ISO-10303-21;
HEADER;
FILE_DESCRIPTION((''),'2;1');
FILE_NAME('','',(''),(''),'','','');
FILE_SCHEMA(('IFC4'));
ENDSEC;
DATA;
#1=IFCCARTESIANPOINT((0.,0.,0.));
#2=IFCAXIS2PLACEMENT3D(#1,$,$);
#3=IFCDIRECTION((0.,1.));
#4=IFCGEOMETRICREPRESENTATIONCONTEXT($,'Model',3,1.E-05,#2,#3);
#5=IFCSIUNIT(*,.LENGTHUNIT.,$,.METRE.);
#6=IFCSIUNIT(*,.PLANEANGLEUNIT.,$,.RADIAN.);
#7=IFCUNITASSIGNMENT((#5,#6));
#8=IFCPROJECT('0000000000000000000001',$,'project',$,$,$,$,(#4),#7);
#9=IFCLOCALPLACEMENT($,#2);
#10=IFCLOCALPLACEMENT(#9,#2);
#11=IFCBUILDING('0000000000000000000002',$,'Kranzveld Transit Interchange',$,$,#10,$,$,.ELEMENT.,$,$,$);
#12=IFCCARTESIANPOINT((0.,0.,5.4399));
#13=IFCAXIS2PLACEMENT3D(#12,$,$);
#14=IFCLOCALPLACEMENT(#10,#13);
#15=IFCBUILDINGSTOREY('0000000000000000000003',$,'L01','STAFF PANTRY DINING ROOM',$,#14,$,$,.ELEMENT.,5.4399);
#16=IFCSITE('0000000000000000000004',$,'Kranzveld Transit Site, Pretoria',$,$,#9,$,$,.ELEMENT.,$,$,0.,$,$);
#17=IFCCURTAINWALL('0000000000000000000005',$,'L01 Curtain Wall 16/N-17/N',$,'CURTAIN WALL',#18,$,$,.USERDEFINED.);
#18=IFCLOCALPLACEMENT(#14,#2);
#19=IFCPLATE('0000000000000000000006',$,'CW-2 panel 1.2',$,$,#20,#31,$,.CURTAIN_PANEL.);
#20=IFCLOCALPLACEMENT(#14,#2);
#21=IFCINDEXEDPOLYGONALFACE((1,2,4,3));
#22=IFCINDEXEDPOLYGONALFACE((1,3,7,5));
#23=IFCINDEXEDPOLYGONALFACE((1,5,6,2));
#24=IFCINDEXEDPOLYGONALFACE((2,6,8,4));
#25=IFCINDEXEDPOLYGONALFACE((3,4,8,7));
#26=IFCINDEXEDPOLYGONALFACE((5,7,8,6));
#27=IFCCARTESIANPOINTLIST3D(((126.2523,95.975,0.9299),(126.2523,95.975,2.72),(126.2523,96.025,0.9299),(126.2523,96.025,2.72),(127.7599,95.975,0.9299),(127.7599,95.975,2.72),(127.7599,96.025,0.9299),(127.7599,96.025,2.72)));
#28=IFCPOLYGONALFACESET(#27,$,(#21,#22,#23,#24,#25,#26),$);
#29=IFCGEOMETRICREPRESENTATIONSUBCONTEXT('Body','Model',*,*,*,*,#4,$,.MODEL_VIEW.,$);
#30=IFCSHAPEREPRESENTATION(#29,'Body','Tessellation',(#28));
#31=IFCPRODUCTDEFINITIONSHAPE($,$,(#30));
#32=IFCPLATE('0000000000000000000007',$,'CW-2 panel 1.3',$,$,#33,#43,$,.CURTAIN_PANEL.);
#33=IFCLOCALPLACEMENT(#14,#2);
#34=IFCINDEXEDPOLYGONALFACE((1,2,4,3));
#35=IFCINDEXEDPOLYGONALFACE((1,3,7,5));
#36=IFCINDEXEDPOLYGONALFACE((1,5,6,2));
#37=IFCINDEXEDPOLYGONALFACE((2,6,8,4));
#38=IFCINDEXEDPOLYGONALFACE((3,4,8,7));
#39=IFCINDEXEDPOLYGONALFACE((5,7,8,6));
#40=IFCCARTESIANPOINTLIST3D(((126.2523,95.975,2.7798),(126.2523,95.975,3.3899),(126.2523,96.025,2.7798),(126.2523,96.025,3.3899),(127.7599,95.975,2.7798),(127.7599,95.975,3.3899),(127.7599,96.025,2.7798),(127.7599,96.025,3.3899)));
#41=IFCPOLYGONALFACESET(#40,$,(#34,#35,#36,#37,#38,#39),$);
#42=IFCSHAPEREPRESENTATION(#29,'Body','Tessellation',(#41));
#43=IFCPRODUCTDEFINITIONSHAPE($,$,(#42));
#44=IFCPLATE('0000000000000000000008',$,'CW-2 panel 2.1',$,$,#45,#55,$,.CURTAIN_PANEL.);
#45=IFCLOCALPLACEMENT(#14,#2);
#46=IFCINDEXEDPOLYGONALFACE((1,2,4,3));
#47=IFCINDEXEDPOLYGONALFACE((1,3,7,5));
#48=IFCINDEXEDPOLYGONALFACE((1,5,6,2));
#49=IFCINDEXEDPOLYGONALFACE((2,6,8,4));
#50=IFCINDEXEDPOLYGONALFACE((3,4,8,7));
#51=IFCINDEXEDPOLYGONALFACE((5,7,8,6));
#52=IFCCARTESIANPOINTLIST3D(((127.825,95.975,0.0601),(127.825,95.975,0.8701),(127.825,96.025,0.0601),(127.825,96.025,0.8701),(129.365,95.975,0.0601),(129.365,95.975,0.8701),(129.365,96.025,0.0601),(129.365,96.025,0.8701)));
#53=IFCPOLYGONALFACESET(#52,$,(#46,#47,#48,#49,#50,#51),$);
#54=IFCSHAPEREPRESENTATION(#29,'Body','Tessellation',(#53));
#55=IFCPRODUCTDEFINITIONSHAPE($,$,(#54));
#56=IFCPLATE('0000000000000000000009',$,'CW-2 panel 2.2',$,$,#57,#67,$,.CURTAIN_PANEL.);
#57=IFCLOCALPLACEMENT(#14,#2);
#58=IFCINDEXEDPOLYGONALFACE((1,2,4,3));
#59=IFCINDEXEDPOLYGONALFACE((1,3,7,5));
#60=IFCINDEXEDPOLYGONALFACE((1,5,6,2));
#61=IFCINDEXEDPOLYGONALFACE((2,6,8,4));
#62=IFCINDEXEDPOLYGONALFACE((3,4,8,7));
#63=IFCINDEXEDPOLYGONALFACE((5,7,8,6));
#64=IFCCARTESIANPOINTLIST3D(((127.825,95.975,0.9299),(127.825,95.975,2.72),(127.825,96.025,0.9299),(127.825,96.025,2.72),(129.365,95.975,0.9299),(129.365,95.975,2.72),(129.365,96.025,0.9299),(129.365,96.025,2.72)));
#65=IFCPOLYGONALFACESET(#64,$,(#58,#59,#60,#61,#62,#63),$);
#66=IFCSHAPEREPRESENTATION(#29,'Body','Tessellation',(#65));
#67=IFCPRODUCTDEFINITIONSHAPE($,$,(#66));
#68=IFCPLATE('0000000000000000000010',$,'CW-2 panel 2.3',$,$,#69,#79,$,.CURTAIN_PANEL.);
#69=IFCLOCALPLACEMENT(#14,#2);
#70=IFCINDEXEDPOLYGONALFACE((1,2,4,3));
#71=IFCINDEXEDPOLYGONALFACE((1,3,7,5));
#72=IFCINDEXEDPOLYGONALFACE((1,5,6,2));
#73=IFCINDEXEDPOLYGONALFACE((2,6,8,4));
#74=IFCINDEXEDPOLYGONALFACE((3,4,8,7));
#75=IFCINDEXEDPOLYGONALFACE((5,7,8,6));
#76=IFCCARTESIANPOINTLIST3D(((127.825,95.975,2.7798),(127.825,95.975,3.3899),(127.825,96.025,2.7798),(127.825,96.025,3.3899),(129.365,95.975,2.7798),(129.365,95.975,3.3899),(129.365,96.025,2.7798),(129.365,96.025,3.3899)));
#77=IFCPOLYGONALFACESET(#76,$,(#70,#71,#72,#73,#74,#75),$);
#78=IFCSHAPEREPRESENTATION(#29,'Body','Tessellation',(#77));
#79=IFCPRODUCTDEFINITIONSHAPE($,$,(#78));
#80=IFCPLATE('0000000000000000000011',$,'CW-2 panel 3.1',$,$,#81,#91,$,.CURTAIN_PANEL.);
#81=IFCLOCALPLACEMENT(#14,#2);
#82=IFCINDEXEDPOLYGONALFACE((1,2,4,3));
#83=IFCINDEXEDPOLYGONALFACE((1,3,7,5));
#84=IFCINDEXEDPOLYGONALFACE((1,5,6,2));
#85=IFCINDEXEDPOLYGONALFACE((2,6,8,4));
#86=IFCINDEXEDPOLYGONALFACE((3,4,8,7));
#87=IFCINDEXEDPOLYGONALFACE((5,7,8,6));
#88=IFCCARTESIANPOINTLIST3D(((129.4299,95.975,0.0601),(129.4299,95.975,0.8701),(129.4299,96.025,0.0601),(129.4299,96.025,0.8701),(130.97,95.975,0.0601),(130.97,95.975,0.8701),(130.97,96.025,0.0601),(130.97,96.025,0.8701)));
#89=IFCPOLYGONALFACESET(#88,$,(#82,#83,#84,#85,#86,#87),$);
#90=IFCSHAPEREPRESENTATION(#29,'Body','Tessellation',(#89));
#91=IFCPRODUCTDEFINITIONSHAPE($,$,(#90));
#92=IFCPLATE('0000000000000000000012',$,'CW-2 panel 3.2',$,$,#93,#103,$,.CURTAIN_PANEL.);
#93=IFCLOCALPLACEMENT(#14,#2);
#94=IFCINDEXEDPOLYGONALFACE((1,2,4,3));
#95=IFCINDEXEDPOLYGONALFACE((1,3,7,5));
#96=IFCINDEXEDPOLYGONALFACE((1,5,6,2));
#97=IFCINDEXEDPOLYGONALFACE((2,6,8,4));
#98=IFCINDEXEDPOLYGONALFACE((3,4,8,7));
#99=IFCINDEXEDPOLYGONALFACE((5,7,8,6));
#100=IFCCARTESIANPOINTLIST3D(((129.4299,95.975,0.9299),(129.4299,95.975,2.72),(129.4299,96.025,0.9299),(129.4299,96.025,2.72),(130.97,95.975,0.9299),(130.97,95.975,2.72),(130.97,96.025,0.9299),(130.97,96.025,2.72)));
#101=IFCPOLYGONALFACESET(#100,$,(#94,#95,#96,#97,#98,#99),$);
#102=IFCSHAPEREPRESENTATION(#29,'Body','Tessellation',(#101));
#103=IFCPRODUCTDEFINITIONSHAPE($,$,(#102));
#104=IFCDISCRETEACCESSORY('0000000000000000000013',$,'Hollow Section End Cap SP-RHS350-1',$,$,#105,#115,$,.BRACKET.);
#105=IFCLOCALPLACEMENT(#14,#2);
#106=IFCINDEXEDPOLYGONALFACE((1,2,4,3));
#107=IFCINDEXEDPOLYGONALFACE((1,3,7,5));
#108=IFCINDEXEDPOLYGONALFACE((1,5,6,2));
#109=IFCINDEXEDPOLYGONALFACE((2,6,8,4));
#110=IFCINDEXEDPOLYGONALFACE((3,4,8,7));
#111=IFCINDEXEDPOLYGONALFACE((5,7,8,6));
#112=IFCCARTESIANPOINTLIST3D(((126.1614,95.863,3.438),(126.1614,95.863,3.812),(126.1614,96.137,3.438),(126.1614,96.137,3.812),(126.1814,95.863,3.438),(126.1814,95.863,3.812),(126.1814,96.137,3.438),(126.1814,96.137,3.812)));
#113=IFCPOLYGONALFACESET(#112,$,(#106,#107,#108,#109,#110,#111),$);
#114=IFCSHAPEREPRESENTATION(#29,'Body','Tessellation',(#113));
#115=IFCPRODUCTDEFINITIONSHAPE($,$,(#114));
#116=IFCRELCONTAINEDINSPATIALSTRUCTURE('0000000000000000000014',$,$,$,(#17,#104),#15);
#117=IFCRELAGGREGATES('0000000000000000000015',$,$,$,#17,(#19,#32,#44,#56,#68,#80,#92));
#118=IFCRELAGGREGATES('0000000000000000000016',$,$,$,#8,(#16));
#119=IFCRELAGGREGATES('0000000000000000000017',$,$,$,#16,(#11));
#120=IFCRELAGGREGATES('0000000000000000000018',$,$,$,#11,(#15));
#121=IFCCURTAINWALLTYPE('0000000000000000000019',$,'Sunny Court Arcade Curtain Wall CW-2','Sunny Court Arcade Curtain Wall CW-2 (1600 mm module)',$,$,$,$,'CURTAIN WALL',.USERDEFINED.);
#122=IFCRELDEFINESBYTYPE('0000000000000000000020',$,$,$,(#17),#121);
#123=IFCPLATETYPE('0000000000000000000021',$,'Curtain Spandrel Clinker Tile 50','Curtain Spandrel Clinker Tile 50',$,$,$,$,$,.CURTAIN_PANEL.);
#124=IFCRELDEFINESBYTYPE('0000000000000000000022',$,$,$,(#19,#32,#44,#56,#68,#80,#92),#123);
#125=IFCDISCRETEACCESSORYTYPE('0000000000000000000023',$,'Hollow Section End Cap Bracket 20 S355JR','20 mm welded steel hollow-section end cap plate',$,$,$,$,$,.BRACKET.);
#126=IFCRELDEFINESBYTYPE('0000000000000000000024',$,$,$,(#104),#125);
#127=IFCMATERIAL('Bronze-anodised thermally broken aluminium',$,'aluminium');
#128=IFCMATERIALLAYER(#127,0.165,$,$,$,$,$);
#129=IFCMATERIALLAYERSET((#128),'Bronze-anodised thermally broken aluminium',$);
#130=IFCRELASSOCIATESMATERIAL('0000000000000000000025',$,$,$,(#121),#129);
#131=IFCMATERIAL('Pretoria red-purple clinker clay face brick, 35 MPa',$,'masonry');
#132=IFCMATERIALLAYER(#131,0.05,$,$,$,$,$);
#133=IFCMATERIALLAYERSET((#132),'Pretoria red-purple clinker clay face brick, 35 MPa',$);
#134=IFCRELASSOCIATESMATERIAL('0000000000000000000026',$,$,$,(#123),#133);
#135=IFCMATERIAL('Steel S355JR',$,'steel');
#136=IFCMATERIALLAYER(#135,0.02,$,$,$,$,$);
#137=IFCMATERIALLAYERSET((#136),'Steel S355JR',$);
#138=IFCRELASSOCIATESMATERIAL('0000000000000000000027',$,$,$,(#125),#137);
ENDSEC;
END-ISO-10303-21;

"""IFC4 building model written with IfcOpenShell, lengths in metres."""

from ifc_helpers import new_model, si_unit, direction, frame, origin, origin_2d, place, context, subcontext, project, spatial, rectangle, extrude, material, layer, layer_set, type_object, element, aggregate, save


model = new_model("IFC4")

# Units and contexts
model_context = context("Model", 3, precision=1e-05, world=origin(), true_north=direction((0.0, 1.0)))
body_context = subcontext(model_context, "Body", "Model", "MODEL_VIEW")
ifc_project = project(units=[si_unit("LENGTHUNIT", "METRE"), si_unit("PLANEANGLEUNIT", "RADIAN")], contexts=[model_context])

# Site, building, storey
site_placement = place(None, origin())
site = spatial("IfcSite", under=ifc_project, at=site_placement, Name="Kranzveld Transit Site, Pretoria", CompositionType="ELEMENT", RefElevation=0.0)
building_placement = place(site_placement, origin())
building = spatial("IfcBuilding", under=site, at=building_placement, Name="Kranzveld Transit Interchange", CompositionType="ELEMENT")
storey_placement = place(building_placement, frame((0.0, 0.0, 5.4399)))
storey = spatial("IfcBuildingStorey", under=building, at=storey_placement, Name="L01", Description="STAFF PANTRY DINING ROOM", CompositionType="ELEMENT", Elevation=5.4399)

# Curtain wall
ifc_material_1 = material(Name="Bronze-anodised thermally broken aluminium", Category="aluminium")
ifc_layer_1 = layer(ifc_material_1, 0.165)
ifc_layer_set_1 = layer_set([ifc_layer_1], Name="Bronze-anodised thermally broken aluminium")
curtain_wall_type = type_object("IfcCurtainWallType", Name="Sunny Court Arcade Curtain Wall CW-2", Description="Sunny Court Arcade Curtain Wall CW-2 (1600 mm module)", ElementType="CURTAIN WALL", PredefinedType="USERDEFINED", material=ifc_layer_set_1)
curtain_wall_placement = place(storey_placement, origin())
curtain_wall = element("IfcCurtainWall", 1, at=curtain_wall_placement, inside=storey, type_object=curtain_wall_type, Name="L01 Curtain Wall 16/N-17/N", ObjectType="CURTAIN WALL", PredefinedType="USERDEFINED")

# Plates
ifc_material_2 = material(Name="Pretoria red-purple clinker clay face brick, 35 MPa", Category="masonry")
ifc_layer_2 = layer(ifc_material_2, 0.05)
ifc_layer_set_2 = layer_set([ifc_layer_2], Name="Pretoria red-purple clinker clay face brick, 35 MPa")
plate_type = type_object("IfcPlateType", Name="Curtain Spandrel Clinker Tile 50", Description="Curtain Spandrel Clinker Tile 50", PredefinedType="CURTAIN_PANEL", material=ifc_layer_set_2)
plate_1_placement = place(storey_placement, frame((127.0061, 96.0, 0.9299), z_axis=(0.0, 0.0, 1.0), x_axis=(1.0, 0.0, 0.0)))
plate_1 = element("IfcPlate", 2, at=plate_1_placement, type_object=plate_type, Name="CW-2 panel 1.2", PredefinedType="CURTAIN_PANEL", context=body_context, shape_type="SweptSolid", body=[
    extrude(rectangle(XDim=1.5076, YDim=0.05, at=origin_2d()), origin(), (0.0, 0.0, 1.0), 1.79),
])
plate_2_placement = place(storey_placement, frame((127.0061, 96.0, 2.7798), z_axis=(0.0, 0.0, 1.0), x_axis=(1.0, 0.0, 0.0)))
plate_2 = element("IfcPlate", 3, at=plate_2_placement, type_object=plate_type, Name="CW-2 panel 1.3", PredefinedType="CURTAIN_PANEL", context=body_context, shape_type="SweptSolid", body=[
    extrude(rectangle(XDim=1.5076, YDim=0.05, at=origin_2d()), origin(), (0.0, 0.0, 1.0), 0.6101),
])
plate_3_placement = place(storey_placement, frame((128.595, 96.0, 0.0601), z_axis=(0.0, 0.0, 1.0), x_axis=(1.0, 0.0, 0.0)))
plate_3 = element("IfcPlate", 4, at=plate_3_placement, type_object=plate_type, Name="CW-2 panel 2.1", PredefinedType="CURTAIN_PANEL", context=body_context, shape_type="SweptSolid", body=[
    extrude(rectangle(XDim=1.54, YDim=0.05, at=origin_2d()), origin(), (0.0, 0.0, 1.0), 0.8101),
])
plate_4_placement = place(storey_placement, frame((128.595, 96.0, 0.9299), z_axis=(0.0, 0.0, 1.0), x_axis=(1.0, 0.0, 0.0)))
plate_4 = element("IfcPlate", 5, at=plate_4_placement, type_object=plate_type, Name="CW-2 panel 2.2", PredefinedType="CURTAIN_PANEL", context=body_context, shape_type="SweptSolid", body=[
    extrude(rectangle(XDim=1.54, YDim=0.05, at=origin_2d()), origin(), (0.0, 0.0, 1.0), 1.79),
])
plate_5_placement = place(storey_placement, frame((128.595, 96.0, 2.7798), z_axis=(0.0, 0.0, 1.0), x_axis=(1.0, 0.0, 0.0)))
plate_5 = element("IfcPlate", 6, at=plate_5_placement, type_object=plate_type, Name="CW-2 panel 2.3", PredefinedType="CURTAIN_PANEL", context=body_context, shape_type="SweptSolid", body=[
    extrude(rectangle(XDim=1.54, YDim=0.05, at=origin_2d()), origin(), (0.0, 0.0, 1.0), 0.6101),
])
plate_6_placement = place(storey_placement, frame((130.2, 96.0, 0.0601), z_axis=(0.0, 0.0, 1.0), x_axis=(1.0, 0.0, 0.0)))
plate_6 = element("IfcPlate", 7, at=plate_6_placement, type_object=plate_type, Name="CW-2 panel 3.1", PredefinedType="CURTAIN_PANEL", context=body_context, shape_type="SweptSolid", body=[
    extrude(rectangle(XDim=1.54, YDim=0.05, at=origin_2d()), origin(), (0.0, 0.0, 1.0), 0.8101),
])
plate_7_placement = place(storey_placement, frame((130.2, 96.0, 0.9299), z_axis=(0.0, 0.0, 1.0), x_axis=(1.0, 0.0, 0.0)))
plate_7 = element("IfcPlate", 8, at=plate_7_placement, type_object=plate_type, Name="CW-2 panel 3.2", PredefinedType="CURTAIN_PANEL", context=body_context, shape_type="SweptSolid", body=[
    extrude(rectangle(XDim=1.54, YDim=0.05, at=origin_2d()), origin(), (0.0, 0.0, 1.0), 1.79),
])
aggregate(curtain_wall, [plate_1, plate_2, plate_3, plate_4, plate_5, plate_6, plate_7])

# Discrete accessory
ifc_material_3 = material(Name="Steel S355JR", Category="steel")
ifc_layer_3 = layer(ifc_material_3, 0.02)
ifc_layer_set_3 = layer_set([ifc_layer_3], Name="Steel S355JR")
discrete_accessory_type = type_object("IfcDiscreteAccessoryType", Name="Hollow Section End Cap Bracket 20 S355JR", Description="20 mm welded steel hollow-section end cap plate", PredefinedType="BRACKET", material=ifc_layer_set_3)
discrete_accessory_placement = place(storey_placement, frame((126.1814, 96.0, 3.625), z_axis=(-1.0, 0.0, 0.0), x_axis=(0.0, -1.0, 0.0)))
element("IfcDiscreteAccessory", 9, at=discrete_accessory_placement, inside=storey, type_object=discrete_accessory_type, Name="Hollow Section End Cap SP-RHS350-1", PredefinedType="BRACKET", context=body_context, shape_type="SweptSolid", body=[
    extrude(rectangle(XDim=0.2739, YDim=0.374, at=origin_2d()), origin(), (0.0, 0.0, 1.0), 0.02),
])

save(model, "model.ifc")
